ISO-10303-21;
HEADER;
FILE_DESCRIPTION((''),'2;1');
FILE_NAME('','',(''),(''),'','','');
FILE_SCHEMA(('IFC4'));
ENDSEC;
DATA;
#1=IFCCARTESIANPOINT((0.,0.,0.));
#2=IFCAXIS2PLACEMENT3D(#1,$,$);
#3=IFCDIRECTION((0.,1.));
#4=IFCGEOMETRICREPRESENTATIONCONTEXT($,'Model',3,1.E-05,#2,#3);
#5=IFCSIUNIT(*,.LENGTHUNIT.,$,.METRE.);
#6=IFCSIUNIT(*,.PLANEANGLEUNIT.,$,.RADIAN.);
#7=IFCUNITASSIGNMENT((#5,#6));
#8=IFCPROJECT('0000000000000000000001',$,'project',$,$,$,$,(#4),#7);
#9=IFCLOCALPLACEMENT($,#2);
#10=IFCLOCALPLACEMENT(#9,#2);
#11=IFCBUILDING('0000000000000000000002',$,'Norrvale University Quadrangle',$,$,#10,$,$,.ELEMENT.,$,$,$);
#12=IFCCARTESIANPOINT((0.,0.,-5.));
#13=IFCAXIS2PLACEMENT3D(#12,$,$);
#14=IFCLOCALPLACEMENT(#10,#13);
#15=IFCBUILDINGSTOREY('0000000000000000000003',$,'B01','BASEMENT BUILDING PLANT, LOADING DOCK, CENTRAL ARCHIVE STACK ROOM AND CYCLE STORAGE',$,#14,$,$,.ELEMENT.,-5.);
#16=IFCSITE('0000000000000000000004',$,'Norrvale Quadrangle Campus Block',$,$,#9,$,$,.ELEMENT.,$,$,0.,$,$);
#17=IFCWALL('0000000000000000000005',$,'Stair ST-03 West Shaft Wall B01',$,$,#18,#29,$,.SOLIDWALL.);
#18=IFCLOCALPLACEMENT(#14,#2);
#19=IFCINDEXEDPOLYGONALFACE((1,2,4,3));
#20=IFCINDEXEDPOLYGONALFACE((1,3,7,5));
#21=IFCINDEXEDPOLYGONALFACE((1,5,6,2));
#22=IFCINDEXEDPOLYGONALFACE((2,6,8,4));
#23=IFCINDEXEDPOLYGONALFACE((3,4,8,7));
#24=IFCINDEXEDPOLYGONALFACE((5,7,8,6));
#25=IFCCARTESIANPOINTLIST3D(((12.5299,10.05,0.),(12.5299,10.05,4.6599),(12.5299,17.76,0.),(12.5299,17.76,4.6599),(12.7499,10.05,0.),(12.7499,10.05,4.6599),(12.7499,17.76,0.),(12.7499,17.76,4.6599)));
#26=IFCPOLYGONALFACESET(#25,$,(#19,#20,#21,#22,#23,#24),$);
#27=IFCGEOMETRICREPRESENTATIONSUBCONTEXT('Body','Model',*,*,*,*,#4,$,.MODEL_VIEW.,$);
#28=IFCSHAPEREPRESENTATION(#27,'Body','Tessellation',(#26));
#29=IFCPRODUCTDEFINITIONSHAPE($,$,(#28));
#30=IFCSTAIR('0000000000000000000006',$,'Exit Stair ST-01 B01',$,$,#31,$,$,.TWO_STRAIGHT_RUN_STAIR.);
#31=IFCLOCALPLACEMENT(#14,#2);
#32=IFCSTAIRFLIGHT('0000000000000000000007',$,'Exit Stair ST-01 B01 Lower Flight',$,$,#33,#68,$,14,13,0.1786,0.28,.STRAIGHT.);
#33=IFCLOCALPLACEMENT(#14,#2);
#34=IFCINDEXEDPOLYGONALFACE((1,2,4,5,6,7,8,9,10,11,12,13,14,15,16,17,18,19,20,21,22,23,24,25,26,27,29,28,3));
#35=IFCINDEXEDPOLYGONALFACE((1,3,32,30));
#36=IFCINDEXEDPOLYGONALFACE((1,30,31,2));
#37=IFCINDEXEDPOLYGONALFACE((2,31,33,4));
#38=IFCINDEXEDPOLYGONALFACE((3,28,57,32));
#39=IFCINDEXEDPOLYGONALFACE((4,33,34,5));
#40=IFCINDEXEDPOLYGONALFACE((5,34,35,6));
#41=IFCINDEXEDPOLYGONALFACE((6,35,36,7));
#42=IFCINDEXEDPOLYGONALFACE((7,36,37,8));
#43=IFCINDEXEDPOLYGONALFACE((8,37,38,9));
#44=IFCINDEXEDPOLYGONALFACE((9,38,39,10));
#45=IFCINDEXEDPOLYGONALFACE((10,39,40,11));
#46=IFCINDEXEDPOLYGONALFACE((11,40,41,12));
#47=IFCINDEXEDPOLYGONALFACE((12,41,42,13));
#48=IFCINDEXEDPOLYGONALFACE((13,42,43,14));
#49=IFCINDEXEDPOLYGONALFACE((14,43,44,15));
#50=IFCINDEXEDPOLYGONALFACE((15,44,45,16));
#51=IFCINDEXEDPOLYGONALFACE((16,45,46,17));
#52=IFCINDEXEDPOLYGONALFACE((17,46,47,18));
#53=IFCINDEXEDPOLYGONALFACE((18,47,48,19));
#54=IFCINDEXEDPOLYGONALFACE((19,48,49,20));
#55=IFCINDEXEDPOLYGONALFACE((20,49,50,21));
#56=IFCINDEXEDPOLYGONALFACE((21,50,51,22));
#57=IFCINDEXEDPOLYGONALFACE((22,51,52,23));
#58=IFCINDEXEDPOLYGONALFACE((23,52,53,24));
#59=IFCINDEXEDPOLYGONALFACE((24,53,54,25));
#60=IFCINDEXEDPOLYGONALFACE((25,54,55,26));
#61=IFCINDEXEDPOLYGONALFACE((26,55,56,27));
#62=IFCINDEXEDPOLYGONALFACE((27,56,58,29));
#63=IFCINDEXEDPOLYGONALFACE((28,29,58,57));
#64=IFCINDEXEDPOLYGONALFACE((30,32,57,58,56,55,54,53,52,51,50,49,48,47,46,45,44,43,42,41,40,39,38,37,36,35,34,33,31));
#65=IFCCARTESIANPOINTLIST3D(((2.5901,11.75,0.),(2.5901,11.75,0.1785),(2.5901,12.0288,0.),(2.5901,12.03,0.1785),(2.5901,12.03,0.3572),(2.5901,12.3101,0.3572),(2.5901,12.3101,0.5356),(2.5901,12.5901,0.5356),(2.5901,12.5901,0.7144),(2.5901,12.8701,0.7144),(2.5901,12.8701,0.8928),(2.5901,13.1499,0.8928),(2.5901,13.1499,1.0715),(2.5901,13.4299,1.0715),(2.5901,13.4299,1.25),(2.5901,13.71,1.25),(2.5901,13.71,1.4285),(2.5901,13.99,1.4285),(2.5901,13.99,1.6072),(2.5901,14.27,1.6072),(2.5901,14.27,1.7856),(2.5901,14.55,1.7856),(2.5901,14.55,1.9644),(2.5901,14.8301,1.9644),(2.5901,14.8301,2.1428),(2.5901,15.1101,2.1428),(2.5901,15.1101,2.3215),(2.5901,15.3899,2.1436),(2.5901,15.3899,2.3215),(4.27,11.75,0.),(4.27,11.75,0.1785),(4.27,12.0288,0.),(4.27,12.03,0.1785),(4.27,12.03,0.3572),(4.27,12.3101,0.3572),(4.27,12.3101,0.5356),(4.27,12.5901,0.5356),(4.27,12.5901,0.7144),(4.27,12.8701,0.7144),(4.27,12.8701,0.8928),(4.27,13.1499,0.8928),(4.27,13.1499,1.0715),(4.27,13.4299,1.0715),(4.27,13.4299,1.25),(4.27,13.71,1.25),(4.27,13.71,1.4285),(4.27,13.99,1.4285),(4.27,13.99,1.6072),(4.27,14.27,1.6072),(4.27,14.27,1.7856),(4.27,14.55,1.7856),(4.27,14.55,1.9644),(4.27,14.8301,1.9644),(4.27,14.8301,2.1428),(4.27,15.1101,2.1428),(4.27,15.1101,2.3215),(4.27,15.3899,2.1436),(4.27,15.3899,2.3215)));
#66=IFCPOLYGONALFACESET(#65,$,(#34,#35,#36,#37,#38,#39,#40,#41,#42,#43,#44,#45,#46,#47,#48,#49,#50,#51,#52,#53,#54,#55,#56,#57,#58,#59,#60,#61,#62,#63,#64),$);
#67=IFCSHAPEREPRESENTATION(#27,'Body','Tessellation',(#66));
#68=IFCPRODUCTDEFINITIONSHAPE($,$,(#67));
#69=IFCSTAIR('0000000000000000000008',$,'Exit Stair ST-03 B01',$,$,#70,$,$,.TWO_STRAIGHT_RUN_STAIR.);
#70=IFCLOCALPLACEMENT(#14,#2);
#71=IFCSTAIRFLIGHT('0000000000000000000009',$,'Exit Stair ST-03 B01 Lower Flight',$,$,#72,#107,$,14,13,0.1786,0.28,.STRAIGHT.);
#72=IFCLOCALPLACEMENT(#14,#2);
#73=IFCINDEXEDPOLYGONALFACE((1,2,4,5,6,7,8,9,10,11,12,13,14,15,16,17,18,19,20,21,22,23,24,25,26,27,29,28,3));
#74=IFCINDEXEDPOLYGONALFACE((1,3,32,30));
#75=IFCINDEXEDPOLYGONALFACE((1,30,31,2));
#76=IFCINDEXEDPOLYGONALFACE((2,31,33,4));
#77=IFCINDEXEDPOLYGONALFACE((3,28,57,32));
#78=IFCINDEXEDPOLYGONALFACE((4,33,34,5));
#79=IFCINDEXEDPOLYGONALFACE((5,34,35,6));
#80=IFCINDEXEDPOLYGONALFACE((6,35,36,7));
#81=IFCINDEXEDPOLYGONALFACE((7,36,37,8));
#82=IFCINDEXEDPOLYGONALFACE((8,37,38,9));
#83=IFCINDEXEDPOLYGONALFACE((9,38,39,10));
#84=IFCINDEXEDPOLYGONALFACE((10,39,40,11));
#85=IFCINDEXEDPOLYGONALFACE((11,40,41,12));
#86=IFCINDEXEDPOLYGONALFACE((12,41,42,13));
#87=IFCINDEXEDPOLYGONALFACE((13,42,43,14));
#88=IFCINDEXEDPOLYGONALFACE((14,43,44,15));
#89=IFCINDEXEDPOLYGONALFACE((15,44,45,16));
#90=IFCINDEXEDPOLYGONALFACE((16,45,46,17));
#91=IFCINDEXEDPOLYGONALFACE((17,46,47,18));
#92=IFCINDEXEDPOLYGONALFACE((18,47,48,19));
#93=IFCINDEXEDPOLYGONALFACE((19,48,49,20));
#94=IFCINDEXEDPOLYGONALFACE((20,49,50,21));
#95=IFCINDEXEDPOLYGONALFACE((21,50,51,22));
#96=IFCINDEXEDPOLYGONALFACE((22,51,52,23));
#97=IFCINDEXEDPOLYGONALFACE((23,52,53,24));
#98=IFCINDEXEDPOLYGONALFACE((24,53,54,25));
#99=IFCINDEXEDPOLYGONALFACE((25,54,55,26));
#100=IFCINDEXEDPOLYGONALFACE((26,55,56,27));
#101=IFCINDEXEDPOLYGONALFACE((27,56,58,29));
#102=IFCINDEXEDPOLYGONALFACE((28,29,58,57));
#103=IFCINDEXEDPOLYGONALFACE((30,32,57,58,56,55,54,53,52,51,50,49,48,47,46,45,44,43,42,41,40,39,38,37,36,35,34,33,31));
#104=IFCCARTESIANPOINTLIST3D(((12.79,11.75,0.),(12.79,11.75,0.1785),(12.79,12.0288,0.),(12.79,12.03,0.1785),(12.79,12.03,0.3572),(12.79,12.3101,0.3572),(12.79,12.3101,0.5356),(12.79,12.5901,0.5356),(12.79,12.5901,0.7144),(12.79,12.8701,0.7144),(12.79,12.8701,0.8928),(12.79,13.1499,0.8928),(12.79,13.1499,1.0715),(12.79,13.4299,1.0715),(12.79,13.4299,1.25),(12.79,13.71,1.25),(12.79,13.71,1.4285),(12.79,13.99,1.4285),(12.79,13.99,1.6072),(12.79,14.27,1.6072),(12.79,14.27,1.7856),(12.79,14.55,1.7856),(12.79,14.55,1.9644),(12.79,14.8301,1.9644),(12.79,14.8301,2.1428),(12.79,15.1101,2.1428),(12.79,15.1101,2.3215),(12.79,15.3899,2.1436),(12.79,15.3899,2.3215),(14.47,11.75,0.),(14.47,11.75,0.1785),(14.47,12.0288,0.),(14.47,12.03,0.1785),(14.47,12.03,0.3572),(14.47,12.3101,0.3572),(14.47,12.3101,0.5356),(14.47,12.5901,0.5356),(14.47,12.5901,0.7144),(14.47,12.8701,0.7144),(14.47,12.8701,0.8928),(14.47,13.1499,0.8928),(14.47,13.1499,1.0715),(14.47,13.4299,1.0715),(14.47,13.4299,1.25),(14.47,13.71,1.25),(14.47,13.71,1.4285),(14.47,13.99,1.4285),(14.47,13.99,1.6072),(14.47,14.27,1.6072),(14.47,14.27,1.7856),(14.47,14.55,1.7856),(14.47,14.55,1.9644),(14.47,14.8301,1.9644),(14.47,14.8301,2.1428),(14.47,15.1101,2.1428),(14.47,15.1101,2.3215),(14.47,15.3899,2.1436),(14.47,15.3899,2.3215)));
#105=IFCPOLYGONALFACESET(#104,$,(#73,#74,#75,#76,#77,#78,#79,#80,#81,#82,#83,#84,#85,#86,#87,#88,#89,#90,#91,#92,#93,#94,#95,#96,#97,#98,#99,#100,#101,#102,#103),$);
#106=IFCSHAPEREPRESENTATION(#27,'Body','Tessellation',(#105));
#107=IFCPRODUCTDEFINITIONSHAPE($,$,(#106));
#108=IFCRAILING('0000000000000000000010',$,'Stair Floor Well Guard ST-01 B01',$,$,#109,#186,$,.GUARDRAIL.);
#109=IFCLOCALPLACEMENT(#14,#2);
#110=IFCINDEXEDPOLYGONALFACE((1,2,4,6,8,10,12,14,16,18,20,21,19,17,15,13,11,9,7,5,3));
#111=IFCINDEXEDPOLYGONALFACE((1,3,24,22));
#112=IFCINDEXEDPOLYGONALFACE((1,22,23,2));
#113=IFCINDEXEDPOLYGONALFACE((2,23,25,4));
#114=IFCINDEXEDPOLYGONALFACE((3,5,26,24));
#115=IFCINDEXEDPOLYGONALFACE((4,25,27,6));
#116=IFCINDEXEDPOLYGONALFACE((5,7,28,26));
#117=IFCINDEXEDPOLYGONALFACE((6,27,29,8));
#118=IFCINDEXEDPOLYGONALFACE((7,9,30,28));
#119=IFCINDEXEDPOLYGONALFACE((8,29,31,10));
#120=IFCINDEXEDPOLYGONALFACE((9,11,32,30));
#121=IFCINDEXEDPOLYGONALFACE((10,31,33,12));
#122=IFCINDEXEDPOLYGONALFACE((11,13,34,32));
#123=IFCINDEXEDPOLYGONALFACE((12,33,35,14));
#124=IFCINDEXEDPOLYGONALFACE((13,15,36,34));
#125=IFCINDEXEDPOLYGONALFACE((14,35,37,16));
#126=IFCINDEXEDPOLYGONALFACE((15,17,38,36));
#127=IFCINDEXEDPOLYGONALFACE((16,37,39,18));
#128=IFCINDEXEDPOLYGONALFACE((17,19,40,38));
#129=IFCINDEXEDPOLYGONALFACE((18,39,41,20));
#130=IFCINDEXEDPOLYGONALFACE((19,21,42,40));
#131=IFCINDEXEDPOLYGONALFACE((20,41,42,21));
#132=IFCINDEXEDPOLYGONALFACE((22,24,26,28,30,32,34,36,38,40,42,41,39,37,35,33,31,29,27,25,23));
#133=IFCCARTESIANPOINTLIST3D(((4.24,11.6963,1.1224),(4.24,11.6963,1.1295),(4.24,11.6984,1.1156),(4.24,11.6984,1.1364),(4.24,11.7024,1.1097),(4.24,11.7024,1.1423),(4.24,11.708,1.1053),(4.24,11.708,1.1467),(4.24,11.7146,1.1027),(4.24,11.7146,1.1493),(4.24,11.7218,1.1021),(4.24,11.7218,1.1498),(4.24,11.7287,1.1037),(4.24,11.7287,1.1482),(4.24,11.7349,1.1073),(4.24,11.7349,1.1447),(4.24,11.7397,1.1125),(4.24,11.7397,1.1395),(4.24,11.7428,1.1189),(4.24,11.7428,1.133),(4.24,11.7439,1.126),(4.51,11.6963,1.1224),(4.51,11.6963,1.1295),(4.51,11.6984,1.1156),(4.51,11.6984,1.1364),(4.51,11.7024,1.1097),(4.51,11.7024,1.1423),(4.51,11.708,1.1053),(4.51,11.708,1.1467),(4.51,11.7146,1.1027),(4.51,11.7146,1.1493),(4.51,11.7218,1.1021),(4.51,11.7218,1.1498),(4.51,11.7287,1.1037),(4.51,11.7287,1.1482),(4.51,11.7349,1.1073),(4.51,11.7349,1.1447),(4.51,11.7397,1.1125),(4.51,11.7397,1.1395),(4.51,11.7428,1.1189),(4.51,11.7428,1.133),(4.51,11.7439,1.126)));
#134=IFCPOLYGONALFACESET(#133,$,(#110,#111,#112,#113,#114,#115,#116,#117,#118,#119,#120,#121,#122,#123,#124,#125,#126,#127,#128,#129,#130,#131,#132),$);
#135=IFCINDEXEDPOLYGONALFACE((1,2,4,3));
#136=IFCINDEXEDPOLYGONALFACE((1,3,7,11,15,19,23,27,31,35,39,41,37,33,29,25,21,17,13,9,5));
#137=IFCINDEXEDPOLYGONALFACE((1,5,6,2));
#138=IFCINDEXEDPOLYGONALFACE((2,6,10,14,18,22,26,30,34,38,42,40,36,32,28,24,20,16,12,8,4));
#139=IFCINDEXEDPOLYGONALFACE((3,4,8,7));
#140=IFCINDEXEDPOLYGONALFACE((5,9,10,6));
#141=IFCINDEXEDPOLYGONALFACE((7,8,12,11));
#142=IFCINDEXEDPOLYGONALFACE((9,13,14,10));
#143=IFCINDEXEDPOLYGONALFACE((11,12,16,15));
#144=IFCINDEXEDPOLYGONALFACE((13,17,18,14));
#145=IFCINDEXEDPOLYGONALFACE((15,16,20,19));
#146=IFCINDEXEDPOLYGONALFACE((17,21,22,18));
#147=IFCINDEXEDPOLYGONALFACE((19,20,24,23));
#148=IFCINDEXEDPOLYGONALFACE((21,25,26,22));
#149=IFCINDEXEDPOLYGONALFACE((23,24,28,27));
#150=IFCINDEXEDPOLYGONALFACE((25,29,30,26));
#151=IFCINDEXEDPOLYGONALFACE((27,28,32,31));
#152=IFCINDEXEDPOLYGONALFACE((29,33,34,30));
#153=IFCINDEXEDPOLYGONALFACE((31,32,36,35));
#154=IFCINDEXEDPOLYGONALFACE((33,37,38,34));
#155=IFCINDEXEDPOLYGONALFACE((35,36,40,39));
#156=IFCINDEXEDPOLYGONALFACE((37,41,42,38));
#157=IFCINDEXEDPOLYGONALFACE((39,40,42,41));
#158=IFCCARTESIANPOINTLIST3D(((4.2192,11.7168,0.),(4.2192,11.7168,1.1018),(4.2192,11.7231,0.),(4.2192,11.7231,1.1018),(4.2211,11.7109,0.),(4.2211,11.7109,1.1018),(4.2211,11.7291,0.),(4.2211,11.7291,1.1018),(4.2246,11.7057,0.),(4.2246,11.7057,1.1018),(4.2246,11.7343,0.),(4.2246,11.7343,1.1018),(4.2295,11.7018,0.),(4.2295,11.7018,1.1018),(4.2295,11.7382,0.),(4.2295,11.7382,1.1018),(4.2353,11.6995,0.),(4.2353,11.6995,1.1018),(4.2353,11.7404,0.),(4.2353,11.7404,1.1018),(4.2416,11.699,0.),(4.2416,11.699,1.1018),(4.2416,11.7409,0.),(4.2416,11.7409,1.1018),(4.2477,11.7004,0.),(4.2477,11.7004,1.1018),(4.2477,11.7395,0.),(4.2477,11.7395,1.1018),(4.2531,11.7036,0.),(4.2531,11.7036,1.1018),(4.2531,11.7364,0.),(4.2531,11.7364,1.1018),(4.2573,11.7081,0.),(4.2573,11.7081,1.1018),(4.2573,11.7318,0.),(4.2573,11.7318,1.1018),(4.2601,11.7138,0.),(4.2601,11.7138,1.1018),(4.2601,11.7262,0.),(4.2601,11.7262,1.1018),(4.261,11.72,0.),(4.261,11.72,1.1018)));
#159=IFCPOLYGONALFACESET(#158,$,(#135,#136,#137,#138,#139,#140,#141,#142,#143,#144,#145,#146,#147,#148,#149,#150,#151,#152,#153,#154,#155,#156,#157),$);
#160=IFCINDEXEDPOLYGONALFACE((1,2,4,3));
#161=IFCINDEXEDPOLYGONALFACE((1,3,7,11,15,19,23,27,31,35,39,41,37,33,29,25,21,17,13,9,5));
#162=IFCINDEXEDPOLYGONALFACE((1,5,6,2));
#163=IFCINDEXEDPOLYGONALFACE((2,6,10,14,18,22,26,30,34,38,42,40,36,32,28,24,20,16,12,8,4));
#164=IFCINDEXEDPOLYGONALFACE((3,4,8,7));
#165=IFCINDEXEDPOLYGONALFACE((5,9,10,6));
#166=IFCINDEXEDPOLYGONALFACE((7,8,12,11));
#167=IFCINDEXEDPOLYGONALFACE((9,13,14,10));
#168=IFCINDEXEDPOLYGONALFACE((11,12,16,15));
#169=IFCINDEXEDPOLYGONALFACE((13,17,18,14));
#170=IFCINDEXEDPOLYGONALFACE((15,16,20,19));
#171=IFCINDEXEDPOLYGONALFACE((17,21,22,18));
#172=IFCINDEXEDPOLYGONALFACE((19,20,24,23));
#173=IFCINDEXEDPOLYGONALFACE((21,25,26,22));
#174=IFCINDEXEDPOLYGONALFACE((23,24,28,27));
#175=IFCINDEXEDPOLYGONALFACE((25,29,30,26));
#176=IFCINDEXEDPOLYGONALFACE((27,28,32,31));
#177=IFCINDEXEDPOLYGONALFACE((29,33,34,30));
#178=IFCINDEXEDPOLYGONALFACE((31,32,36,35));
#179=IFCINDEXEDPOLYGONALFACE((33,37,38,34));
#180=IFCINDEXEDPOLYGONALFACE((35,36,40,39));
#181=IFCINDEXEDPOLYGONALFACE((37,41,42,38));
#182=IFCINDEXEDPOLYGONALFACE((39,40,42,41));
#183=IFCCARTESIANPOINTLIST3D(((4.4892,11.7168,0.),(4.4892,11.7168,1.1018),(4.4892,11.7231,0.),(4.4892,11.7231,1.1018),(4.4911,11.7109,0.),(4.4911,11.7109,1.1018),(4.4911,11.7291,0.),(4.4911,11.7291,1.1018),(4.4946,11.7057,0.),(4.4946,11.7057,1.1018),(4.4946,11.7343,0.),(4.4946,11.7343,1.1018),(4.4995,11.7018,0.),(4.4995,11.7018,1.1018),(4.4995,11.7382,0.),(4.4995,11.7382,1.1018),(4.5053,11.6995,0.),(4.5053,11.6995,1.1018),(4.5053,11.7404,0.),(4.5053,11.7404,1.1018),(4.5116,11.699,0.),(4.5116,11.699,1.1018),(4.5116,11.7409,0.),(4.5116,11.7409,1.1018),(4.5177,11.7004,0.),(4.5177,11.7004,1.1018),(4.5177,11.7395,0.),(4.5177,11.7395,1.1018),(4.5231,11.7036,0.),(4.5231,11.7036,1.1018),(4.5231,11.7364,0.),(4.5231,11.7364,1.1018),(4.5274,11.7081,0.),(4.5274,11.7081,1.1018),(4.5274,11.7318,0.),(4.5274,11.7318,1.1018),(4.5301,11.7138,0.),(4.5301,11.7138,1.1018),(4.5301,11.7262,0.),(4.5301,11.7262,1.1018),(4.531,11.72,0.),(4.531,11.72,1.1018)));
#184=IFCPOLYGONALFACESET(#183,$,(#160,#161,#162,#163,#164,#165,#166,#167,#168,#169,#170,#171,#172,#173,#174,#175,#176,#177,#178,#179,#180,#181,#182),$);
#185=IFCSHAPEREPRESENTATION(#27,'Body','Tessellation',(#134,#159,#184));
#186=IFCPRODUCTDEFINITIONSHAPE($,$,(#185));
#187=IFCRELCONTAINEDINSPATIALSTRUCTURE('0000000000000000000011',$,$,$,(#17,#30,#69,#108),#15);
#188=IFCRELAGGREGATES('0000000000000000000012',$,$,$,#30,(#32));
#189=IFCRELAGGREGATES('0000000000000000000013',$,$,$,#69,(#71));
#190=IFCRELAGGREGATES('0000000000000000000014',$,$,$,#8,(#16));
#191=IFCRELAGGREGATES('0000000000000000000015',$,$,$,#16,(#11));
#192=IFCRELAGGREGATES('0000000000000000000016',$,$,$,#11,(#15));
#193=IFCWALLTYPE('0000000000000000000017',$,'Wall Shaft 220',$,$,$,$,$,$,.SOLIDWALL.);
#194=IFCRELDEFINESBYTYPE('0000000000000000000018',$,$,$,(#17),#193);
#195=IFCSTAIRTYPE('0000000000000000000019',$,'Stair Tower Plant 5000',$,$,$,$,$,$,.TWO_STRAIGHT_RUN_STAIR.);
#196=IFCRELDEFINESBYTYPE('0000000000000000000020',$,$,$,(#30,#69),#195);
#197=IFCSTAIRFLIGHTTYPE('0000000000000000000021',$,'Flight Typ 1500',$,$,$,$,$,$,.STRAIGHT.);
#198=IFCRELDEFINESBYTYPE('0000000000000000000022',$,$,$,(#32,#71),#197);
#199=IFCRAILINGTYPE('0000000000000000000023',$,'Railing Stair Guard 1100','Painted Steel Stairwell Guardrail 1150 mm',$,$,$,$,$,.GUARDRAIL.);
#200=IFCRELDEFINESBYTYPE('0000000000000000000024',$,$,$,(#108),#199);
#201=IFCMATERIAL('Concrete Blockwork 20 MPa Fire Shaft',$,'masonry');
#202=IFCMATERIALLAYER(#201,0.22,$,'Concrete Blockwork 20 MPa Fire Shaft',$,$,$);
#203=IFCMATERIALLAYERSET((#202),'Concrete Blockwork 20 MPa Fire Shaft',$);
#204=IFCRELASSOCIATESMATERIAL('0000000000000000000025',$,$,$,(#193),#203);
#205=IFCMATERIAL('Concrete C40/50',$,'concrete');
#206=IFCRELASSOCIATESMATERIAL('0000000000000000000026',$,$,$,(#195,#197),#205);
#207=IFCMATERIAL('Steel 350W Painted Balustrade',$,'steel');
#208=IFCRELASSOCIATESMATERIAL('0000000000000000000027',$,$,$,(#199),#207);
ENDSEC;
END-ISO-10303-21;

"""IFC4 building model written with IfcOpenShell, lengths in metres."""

from ifc_helpers import new_model, si_unit, direction, frame, frame_2d, origin, origin_2d, place, context, subcontext, project, spatial, polyline, rectangle, circle, outline, extrude, material, layer, layer_set, type_object, element, aggregate, save


model = new_model("IFC4")

# Units and contexts
model_context = context("Model", 3, precision=1e-05, world=origin(), true_north=direction((0.0, 1.0)))
body_context = subcontext(model_context, "Body", "Model", "MODEL_VIEW")
ifc_project = project(units=[si_unit("LENGTHUNIT", "METRE"), si_unit("PLANEANGLEUNIT", "RADIAN")], contexts=[model_context])

# Site, building, storey
site_placement = place(None, origin())
site = spatial("IfcSite", under=ifc_project, at=site_placement, Name="Norrvale Quadrangle Campus Block", CompositionType="ELEMENT", RefElevation=0.0)
building_placement = place(site_placement, origin())
building = spatial("IfcBuilding", under=site, at=building_placement, Name="Norrvale University Quadrangle", CompositionType="ELEMENT")
storey_placement = place(building_placement, frame((0.0, 0.0, -5.0)))
storey = spatial("IfcBuildingStorey", under=building, at=storey_placement, Name="B01", Description="BASEMENT BUILDING PLANT, LOADING DOCK, CENTRAL ARCHIVE STACK ROOM AND CYCLE STORAGE", CompositionType="ELEMENT", Elevation=-5.0)

# Shared definitions
ifc_material_1 = material(Name="Concrete Blockwork 20 MPa Fire Shaft", Category="masonry")
ifc_layer_1 = layer(ifc_material_1, 0.22, Name="Concrete Blockwork 20 MPa Fire Shaft")
ifc_layer_set_1 = layer_set([ifc_layer_1], Name="Concrete Blockwork 20 MPa Fire Shaft")
wall_type_1 = type_object("IfcWallType", Name="Wall Shaft 220", PredefinedType="SOLIDWALL", material=ifc_layer_set_1)

# Wall
wall_1_placement = place(storey_placement, frame((12.6399, 10.05, 0.0), z_axis=(0.0, 0.0, 1.0), x_axis=(0.0, 1.0, 0.0)))
element("IfcWall", 1, at=wall_1_placement, inside=storey, type_object=wall_type_1, Name="Stair ST-03 West Shaft Wall B01", PredefinedType="SOLIDWALL", context=body_context, shape_type="SweptSolid", body=[
    extrude(rectangle(XDim=7.71, YDim=0.22, at=frame_2d((3.855, 0.0))), origin(), (0.0, 0.0, 1.0), 4.6599),
])

# Stairs, stair flights
ifc_material_2 = material(Name="Concrete C40/50", Category="concrete")
stair_type = type_object("IfcStairType", Name="Stair Tower Plant 5000", PredefinedType="TWO_STRAIGHT_RUN_STAIR", material=ifc_material_2)
stair_1_placement = place(storey_placement, origin())
stair_1 = element("IfcStair", 2, at=stair_1_placement, inside=storey, type_object=stair_type, Name="Exit Stair ST-01 B01", PredefinedType="TWO_STRAIGHT_RUN_STAIR")
stair_flight_type = type_object("IfcStairFlightType", Name="Flight Typ 1500", PredefinedType="STRAIGHT", material=ifc_material_2)
stair_flight_1_placement = place(storey_placement, frame((3.4299, 11.75, 0.0), z_axis=(0.0, 0.0, 1.0), x_axis=(0.0, 1.0, 0.0)))
stair_flight_1 = element("IfcStairFlight", 3, at=stair_flight_1_placement, type_object=stair_flight_type, Name="Exit Stair ST-01 B01 Lower Flight", NumberOfRisers=14, NumberOfTreads=13, PredefinedType="STRAIGHT", RiserHeight=0.1786, TreadLength=0.28, context=body_context, shape_type="SweptSolid", body=[
    extrude(outline(polyline([(0.0, 0.0), (0.0, 0.1785), (0.28, 0.1785), (0.28, 0.3572), (0.5601, 0.3572), (0.5601, 0.5356), (0.8401, 0.5356), (0.8401, 0.7144), (1.1201, 0.7144), (1.1201, 0.8928), (1.3999, 0.8928), (1.3999, 1.0715), (1.6799, 1.0715), (1.6799, 1.25), (1.96, 1.25), (1.96, 1.4285), (2.24, 1.4285), (2.24, 1.6072), (2.52, 1.6072), (2.52, 1.7856), (2.8, 1.7856), (2.8, 1.9644), (3.0801, 1.9644), (3.0801, 2.1428), (3.3601, 2.1428), (3.3601, 2.3215), (3.6399, 2.3215), (3.6399, 2.5), (3.6399, 2.1436), (0.2788, 0.0), (0.0, 0.0)])), frame((0.0, 0.8398, 0.0), z_axis=(0.0, -1.0, 0.0), x_axis=(1.0, 0.0, 0.0)), (0.0, 0.0, 1.0), 1.6799),
])
aggregate(stair_1, [stair_flight_1])
stair_2_placement = place(storey_placement, origin())
stair_2 = element("IfcStair", 4, at=stair_2_placement, inside=storey, type_object=stair_type, Name="Exit Stair ST-03 B01", PredefinedType="TWO_STRAIGHT_RUN_STAIR")
stair_flight_2_placement = place(storey_placement, frame((13.6299, 11.75, 0.0), z_axis=(0.0, 0.0, 1.0), x_axis=(0.0, 1.0, 0.0)))
stair_flight_2 = element("IfcStairFlight", 5, at=stair_flight_2_placement, type_object=stair_flight_type, Name="Exit Stair ST-03 B01 Lower Flight", NumberOfRisers=14, NumberOfTreads=13, PredefinedType="STRAIGHT", RiserHeight=0.1786, TreadLength=0.28, context=body_context, shape_type="SweptSolid", body=[
    extrude(outline(polyline([(0.0, 0.0), (0.0, 0.1785), (0.28, 0.1785), (0.28, 0.3572), (0.5601, 0.3572), (0.5601, 0.5356), (0.8401, 0.5356), (0.8401, 0.7144), (1.1201, 0.7144), (1.1201, 0.8928), (1.3999, 0.8928), (1.3999, 1.0715), (1.6799, 1.0715), (1.6799, 1.25), (1.96, 1.25), (1.96, 1.4285), (2.24, 1.4285), (2.24, 1.6072), (2.52, 1.6072), (2.52, 1.7856), (2.8, 1.7856), (2.8, 1.9644), (3.0801, 1.9644), (3.0801, 2.1428), (3.3601, 2.1428), (3.3601, 2.3215), (3.6399, 2.3215), (3.6399, 2.5), (3.6399, 2.1436), (0.2788, 0.0), (0.0, 0.0)])), frame((0.0, 0.8398, 0.0), z_axis=(0.0, -1.0, 0.0), x_axis=(1.0, 0.0, 0.0)), (0.0, 0.0, 1.0), 1.6799),
])
aggregate(stair_2, [stair_flight_2])

# Railing
ifc_material_3 = material(Name="Steel 350W Painted Balustrade", Category="steel")
railing_type_1 = type_object("IfcRailingType", Name="Railing Stair Guard 1100", Description="Painted Steel Stairwell Guardrail 1150 mm", PredefinedType="GUARDRAIL", material=ifc_material_3)
railing_1_placement = place(storey_placement, frame((4.24, 11.72, 0.0)))
element("IfcRailing", 6, at=railing_1_placement, inside=storey, type_object=railing_type_1, Name="Stair Floor Well Guard ST-01 B01", PredefinedType="GUARDRAIL", context=body_context, shape_type="SweptSolid", body=[
    extrude(circle(Radius=0.0239, at=origin_2d()), frame((0.0, 0.0, 1.126), z_axis=(1.0, 0.0, 0.0), x_axis=(0.0, 1.0, 0.0)), (0.0, 0.0, 1.0), 0.27),
    extrude(circle(Radius=0.021, at=origin_2d()), origin(), (0.0, 0.0, 1.0), 1.1018),
    extrude(circle(Radius=0.021, at=origin_2d()), frame((0.27, 0.0, 0.0)), (0.0, 0.0, 1.0), 1.1018),
])

save(model, "model.ifc")
